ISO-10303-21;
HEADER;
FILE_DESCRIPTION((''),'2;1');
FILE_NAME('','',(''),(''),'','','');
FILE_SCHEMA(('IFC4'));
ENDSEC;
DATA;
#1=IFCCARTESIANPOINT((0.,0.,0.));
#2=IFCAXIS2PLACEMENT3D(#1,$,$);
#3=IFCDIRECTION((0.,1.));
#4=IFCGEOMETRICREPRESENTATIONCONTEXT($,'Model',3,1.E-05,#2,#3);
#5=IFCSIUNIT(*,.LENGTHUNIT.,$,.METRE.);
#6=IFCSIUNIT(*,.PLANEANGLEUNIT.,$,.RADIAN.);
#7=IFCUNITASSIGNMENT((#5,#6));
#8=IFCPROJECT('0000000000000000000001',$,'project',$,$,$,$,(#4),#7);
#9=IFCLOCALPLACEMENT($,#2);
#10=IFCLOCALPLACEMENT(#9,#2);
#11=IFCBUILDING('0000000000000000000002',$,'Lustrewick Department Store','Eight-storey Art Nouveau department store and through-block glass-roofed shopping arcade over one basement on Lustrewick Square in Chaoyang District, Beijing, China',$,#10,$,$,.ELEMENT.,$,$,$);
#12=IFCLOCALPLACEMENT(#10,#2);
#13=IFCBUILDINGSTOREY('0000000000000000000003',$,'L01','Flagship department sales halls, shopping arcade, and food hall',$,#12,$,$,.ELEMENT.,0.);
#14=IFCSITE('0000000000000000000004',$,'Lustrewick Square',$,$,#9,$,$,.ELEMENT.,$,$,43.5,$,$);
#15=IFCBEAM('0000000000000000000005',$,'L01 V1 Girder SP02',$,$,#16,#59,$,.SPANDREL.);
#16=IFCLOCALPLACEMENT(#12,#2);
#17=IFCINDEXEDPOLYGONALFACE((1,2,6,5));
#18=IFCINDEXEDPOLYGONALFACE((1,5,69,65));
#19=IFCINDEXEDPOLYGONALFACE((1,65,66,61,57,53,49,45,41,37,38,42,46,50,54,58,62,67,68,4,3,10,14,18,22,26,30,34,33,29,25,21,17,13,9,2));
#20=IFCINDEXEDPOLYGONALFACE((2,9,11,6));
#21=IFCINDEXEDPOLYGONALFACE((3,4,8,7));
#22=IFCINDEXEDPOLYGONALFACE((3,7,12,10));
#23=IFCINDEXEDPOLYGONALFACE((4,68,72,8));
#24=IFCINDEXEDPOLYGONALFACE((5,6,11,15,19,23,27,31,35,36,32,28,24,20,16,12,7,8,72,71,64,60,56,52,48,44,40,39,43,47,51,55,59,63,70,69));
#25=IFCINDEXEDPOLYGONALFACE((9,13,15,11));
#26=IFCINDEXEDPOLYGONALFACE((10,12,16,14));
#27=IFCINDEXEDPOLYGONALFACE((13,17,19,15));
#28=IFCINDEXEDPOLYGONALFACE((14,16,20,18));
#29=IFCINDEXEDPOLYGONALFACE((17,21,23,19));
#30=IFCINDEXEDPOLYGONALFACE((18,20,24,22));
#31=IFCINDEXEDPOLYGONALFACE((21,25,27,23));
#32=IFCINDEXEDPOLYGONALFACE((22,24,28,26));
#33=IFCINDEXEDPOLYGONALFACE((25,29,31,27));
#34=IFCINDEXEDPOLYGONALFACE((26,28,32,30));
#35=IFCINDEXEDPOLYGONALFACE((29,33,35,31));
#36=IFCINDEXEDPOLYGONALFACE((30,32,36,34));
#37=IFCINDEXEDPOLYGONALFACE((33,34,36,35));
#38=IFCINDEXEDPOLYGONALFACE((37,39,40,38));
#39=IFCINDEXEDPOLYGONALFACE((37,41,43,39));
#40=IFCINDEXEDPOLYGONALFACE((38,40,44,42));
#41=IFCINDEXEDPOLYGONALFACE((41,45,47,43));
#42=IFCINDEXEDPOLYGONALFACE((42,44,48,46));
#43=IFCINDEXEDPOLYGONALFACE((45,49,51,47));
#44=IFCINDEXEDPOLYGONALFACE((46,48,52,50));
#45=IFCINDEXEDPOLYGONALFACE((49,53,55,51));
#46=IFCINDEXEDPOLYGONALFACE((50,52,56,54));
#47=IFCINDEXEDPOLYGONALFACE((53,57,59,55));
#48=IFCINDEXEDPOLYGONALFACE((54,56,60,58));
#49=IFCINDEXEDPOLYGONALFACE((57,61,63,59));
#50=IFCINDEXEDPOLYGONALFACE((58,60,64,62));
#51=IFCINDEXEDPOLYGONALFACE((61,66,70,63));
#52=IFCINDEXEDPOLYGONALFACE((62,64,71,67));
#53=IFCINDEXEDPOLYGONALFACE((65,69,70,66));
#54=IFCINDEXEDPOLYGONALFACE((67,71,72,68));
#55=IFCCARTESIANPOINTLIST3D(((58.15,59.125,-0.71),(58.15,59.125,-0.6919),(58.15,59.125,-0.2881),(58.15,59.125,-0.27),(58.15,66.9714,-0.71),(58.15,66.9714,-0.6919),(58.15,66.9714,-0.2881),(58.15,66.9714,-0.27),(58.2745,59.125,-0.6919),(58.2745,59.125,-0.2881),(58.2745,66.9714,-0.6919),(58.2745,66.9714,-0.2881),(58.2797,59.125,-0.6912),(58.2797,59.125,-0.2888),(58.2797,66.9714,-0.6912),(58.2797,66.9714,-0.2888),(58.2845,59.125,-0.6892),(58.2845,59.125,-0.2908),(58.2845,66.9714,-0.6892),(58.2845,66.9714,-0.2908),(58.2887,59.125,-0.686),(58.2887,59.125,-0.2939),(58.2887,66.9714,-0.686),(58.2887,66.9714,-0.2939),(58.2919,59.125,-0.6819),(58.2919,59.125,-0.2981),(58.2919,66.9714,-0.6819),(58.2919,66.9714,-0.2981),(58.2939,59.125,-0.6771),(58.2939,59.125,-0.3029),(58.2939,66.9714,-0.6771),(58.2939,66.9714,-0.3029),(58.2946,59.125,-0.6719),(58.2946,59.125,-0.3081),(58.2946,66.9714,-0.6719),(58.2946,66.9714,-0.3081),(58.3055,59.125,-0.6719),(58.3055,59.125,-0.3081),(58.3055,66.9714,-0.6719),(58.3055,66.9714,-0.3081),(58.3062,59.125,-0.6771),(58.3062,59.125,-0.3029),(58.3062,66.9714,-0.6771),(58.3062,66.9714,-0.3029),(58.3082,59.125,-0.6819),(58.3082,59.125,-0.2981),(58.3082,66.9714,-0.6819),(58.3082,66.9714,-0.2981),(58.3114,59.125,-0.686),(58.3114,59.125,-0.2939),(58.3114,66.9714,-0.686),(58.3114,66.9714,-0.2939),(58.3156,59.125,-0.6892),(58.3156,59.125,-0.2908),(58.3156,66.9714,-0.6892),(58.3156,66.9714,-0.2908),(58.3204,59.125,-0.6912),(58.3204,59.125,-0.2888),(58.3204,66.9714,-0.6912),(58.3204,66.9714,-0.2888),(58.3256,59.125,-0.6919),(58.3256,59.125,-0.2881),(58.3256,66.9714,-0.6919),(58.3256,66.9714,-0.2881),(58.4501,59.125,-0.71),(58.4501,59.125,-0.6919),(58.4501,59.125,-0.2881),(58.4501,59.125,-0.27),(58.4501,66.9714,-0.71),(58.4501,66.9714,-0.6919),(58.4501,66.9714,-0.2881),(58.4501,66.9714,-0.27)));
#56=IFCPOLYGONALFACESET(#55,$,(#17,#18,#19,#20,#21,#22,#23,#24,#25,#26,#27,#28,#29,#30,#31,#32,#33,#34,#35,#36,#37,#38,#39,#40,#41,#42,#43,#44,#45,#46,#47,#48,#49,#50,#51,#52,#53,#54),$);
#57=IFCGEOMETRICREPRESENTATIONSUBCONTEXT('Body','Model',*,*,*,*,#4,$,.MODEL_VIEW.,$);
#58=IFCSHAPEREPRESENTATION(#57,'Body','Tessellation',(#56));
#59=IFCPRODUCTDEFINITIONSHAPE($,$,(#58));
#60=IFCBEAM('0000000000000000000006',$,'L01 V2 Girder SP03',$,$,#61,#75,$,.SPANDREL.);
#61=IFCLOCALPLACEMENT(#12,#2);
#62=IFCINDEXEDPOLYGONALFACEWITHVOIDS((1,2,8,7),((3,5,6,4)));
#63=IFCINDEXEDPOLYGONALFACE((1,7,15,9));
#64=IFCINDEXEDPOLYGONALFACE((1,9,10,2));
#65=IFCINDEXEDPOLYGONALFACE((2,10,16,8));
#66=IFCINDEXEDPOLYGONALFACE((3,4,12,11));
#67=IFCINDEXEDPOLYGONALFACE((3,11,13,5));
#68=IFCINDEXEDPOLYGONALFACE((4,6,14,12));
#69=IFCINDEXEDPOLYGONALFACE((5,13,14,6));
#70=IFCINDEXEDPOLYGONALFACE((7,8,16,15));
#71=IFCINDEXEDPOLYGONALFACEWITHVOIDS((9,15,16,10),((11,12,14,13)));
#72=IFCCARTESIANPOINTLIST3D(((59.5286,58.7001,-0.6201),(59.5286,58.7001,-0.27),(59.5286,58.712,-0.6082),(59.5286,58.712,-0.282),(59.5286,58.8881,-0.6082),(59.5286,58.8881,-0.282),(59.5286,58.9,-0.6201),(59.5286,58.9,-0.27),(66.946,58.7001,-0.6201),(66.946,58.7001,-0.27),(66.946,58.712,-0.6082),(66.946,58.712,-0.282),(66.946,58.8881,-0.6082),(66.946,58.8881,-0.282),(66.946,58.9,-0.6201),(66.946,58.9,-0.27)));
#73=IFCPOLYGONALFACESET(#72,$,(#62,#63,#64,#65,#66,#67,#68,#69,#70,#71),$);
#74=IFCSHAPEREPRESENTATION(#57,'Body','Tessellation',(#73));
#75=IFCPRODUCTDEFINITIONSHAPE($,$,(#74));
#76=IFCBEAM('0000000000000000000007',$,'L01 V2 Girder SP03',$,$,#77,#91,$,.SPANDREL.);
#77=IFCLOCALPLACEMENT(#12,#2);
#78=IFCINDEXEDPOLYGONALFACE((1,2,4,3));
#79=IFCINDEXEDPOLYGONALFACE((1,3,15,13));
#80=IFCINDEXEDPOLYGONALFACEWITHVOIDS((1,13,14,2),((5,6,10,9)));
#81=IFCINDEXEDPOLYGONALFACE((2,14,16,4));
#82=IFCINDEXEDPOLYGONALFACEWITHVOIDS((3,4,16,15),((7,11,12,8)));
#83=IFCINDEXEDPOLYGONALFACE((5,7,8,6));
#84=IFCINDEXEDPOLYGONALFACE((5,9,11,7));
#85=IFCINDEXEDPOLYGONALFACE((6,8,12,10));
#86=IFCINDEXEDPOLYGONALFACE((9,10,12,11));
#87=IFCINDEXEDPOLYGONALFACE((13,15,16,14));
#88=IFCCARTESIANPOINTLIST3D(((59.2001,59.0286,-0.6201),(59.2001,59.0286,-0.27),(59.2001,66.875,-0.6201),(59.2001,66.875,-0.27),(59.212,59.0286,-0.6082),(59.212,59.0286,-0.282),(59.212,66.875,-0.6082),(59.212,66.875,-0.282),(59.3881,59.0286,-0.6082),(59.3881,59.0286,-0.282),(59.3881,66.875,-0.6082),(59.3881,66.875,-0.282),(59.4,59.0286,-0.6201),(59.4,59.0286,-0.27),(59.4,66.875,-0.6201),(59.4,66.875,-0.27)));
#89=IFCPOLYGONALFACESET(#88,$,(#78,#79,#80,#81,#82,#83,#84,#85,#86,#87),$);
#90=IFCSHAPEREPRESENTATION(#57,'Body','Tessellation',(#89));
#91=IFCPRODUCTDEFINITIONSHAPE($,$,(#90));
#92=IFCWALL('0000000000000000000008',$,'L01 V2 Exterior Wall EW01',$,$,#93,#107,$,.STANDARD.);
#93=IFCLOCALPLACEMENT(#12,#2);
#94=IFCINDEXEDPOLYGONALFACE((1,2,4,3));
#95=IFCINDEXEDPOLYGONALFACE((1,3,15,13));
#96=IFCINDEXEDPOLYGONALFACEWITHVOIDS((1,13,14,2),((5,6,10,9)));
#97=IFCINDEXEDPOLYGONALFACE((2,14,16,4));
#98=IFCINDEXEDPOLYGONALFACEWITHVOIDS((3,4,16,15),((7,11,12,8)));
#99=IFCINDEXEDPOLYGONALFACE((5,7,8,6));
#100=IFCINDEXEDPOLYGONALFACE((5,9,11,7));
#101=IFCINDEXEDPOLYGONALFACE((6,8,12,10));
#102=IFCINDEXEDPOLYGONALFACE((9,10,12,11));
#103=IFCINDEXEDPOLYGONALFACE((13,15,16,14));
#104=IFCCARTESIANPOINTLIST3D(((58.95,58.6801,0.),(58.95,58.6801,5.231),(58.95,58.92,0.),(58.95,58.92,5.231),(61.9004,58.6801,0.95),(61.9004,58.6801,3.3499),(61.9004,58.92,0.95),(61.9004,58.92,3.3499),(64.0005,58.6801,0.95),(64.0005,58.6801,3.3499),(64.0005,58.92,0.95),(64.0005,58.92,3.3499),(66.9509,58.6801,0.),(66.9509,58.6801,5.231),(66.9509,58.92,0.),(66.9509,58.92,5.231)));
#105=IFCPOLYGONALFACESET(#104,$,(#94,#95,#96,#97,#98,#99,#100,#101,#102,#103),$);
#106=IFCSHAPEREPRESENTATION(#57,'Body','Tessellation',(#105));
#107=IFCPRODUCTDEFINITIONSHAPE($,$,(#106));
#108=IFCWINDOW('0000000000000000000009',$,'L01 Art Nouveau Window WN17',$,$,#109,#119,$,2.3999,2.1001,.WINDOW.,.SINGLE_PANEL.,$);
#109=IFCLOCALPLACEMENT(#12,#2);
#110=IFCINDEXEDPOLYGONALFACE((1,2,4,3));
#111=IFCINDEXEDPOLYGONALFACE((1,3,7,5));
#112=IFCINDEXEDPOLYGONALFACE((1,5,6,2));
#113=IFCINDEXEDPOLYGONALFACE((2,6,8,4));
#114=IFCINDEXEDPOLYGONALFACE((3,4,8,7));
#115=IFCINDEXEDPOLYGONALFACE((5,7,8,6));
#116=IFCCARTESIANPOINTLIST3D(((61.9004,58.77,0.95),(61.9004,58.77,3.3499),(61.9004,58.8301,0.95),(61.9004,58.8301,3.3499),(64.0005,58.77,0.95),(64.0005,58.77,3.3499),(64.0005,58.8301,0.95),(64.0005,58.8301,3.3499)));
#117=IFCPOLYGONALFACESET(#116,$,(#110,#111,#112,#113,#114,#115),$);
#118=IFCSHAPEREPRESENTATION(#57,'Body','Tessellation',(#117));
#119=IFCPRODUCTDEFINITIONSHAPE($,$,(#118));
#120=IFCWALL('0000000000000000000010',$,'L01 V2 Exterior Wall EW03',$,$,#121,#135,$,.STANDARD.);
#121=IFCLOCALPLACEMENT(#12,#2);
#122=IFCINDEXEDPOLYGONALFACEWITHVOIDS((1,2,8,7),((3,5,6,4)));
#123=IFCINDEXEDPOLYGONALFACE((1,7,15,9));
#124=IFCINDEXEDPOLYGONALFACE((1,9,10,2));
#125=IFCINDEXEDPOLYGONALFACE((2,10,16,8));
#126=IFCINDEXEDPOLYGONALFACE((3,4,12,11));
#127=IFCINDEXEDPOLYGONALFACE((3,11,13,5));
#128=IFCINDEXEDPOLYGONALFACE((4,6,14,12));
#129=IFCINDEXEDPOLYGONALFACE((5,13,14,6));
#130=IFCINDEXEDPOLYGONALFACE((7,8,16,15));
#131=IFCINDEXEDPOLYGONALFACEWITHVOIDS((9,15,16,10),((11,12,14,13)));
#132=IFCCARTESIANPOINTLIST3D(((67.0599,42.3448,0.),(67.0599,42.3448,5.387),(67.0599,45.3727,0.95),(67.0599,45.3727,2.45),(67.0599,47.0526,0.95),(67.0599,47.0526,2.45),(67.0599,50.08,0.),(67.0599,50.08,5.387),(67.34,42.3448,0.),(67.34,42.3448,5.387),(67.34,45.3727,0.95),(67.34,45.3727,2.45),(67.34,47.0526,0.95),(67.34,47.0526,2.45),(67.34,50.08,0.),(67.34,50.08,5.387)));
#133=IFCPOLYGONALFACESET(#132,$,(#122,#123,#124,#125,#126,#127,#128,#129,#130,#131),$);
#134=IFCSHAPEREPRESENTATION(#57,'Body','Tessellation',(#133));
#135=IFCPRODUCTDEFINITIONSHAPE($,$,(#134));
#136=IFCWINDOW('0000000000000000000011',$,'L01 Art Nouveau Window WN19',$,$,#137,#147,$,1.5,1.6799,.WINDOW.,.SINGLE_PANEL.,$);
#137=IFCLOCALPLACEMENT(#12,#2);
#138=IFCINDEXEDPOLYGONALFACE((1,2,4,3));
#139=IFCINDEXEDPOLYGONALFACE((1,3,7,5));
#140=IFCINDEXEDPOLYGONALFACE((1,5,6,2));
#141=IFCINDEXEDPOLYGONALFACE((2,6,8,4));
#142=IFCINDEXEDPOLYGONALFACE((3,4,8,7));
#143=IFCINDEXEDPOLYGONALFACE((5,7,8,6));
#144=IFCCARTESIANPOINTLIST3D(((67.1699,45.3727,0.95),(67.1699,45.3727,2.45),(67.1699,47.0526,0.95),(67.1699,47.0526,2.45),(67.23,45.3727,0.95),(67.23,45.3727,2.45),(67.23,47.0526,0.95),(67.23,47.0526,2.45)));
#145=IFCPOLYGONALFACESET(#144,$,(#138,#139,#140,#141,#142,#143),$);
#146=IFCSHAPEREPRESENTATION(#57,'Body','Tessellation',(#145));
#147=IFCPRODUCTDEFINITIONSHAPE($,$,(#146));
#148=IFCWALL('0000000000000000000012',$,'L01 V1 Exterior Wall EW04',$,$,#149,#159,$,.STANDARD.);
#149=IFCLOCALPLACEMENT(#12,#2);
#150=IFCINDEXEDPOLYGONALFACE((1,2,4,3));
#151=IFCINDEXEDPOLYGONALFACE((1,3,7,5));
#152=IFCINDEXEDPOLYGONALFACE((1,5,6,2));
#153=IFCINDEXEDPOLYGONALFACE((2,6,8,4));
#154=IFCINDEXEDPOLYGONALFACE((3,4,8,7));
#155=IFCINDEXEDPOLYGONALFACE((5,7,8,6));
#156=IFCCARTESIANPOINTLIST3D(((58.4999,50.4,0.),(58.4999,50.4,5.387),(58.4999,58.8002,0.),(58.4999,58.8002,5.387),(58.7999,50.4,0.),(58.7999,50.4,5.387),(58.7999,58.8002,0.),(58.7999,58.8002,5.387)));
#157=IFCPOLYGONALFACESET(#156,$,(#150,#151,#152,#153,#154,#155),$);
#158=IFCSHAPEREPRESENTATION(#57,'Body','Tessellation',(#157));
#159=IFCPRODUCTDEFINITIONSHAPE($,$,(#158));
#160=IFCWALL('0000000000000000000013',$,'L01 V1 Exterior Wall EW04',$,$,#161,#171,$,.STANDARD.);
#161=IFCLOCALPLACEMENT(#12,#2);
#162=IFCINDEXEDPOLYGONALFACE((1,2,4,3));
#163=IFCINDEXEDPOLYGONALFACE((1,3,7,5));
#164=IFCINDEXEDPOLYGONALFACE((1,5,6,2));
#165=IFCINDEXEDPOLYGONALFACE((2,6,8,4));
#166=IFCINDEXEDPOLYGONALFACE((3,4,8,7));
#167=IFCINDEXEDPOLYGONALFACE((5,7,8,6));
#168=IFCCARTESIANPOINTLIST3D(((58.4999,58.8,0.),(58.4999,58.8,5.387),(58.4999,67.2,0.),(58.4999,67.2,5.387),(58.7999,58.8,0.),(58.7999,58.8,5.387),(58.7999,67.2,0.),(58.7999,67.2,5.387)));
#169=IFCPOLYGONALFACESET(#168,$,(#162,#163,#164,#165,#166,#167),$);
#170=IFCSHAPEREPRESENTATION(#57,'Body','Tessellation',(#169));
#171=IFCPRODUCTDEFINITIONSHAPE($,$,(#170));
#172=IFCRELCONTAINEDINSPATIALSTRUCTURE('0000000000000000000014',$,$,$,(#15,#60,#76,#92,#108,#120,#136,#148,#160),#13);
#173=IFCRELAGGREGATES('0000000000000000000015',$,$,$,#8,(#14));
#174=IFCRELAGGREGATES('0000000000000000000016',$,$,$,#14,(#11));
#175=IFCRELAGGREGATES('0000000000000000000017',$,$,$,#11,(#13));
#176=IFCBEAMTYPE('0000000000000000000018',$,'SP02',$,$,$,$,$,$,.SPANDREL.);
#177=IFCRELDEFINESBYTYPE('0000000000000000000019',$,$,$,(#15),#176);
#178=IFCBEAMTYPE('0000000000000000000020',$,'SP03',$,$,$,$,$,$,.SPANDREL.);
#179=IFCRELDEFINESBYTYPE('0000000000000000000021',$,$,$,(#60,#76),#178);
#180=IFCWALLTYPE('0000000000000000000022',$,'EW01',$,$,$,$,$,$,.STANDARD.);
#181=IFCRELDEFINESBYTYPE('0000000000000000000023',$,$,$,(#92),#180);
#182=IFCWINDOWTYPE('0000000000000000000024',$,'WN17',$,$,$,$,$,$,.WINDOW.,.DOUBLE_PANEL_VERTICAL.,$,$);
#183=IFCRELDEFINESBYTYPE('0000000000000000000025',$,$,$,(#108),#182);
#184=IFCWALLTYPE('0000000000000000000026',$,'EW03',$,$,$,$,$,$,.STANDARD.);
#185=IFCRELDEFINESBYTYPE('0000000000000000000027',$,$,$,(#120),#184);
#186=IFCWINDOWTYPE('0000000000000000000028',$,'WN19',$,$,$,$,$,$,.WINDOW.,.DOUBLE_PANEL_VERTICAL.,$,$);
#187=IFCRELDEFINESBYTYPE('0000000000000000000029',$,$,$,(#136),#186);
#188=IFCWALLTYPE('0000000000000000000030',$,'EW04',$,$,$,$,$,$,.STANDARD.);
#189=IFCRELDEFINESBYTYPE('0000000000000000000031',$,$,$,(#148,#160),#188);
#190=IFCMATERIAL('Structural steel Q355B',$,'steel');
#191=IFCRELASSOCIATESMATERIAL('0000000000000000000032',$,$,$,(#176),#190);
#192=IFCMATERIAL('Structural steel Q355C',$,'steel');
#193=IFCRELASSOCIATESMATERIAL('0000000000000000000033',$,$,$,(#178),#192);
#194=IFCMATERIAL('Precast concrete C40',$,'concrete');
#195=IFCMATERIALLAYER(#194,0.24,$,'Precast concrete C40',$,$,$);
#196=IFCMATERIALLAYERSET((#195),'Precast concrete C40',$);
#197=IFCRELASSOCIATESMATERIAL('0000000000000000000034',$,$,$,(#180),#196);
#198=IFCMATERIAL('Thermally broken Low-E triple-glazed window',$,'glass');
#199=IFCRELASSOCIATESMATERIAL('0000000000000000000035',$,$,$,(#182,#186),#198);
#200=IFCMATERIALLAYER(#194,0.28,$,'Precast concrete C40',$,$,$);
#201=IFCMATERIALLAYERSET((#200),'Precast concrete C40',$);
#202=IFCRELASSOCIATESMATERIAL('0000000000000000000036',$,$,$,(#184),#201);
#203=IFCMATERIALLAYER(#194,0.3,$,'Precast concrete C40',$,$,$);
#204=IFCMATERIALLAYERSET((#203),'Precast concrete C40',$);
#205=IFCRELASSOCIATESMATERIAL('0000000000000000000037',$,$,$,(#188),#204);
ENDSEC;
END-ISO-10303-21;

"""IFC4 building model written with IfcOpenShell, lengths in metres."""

from ifc_helpers import new_model, si_unit, direction, frame, frame_2d, origin, origin_2d, place, context, subcontext, project, spatial, rectangle, hollow_rectangle, i_section, extrude, material, layer, layer_set, material_profile, profile_set, type_object, element, fill, save


model = new_model("IFC4")

# Units and contexts
model_context = context("Model", 3, precision=1e-05, world=origin(), true_north=direction((0.0, 1.0)))
body_context = subcontext(model_context, "Body", "Model", "MODEL_VIEW")
ifc_project = project(units=[si_unit("LENGTHUNIT", "METRE"), si_unit("PLANEANGLEUNIT", "RADIAN")], contexts=[model_context])

# Site, building, storey
site_placement = place(None, origin())
site = spatial("IfcSite", under=ifc_project, at=site_placement, Name="Lustrewick Square", CompositionType="ELEMENT", RefElevation=43.5)
building_placement = place(site_placement, origin())
building = spatial("IfcBuilding", under=site, at=building_placement, Name="Lustrewick Department Store", Description="Eight-storey Art Nouveau department store and through-block glass-roofed shopping arcade over one basement on Lustrewick Square in Chaoyang District, Beijing, China", CompositionType="ELEMENT")
storey_placement = place(building_placement, origin())
storey = spatial("IfcBuildingStorey", under=building, at=storey_placement, Name="L01", Description="Flagship department sales halls, shopping arcade, and food hall", CompositionType="ELEMENT", Elevation=0.0)

# Shared definitions
ifc_material_1 = material(Name="Structural steel Q355C", Category="steel")

# Beams
ifc_material_2 = material(Name="Structural steel Q355B", Category="steel")
ifc_material_profile_1 = material_profile(ifc_material_2, i_section(OverallWidth=0.3, OverallDepth=0.4399, WebThickness=0.011, FlangeThickness=0.0181, FilletRadius=0.02, at=origin_2d()), Name="HM 440x300x11x18")
ifc_profile_set_1 = profile_set([ifc_material_profile_1], Name="Structural steel Q355B")
beam_type_1 = type_object("IfcBeamType", Name="SP02", PredefinedType="SPANDREL", material=ifc_profile_set_1)
beam_1_placement = place(storey_placement, frame((58.3, 59.125, -0.49), z_axis=(0.0, 1.0, 0.0), x_axis=(-1.0, 0.0, 0.0)))
element("IfcBeam", 1, at=beam_1_placement, inside=storey, type_object=beam_type_1, Name="L01 V1 Girder SP02", PredefinedType="SPANDREL", context=body_context, shape_type="SweptSolid", body=[
    extrude(i_section(OverallWidth=0.3, OverallDepth=0.4399, WebThickness=0.011, FlangeThickness=0.0181, FilletRadius=0.02, at=origin_2d()), origin(), (0.0, 0.0, 1.0), 7.8464),
])
ifc_material_profile_2 = material_profile(ifc_material_1, hollow_rectangle(XDim=0.2, YDim=0.3501, WallThickness=0.012, at=origin_2d()), Name="RHS 350x200x12")
ifc_profile_set_2 = profile_set([ifc_material_profile_2], Name="Structural steel Q355C")
beam_type_2 = type_object("IfcBeamType", Name="SP03", PredefinedType="SPANDREL", material=ifc_profile_set_2)
beam_2_placement = place(storey_placement, frame((59.5286, 58.8, -0.4451), z_axis=(1.0, 0.0, 0.0), x_axis=(0.0, 1.0, 0.0)))
element("IfcBeam", 2, at=beam_2_placement, inside=storey, type_object=beam_type_2, Name="L01 V2 Girder SP03", PredefinedType="SPANDREL", context=body_context, shape_type="SweptSolid", body=[
    extrude(hollow_rectangle(XDim=0.2, YDim=0.3501, WallThickness=0.012, at=origin_2d()), origin(), (0.0, 0.0, 1.0), 7.4175),
])
beam_3_placement = place(storey_placement, frame((59.3, 59.0286, -0.4451), z_axis=(0.0, 1.0, 0.0), x_axis=(-1.0, 0.0, 0.0)))
element("IfcBeam", 3, at=beam_3_placement, inside=storey, type_object=beam_type_2, Name="L01 V2 Girder SP03", PredefinedType="SPANDREL", context=body_context, shape_type="SweptSolid", body=[
    extrude(hollow_rectangle(XDim=0.2, YDim=0.3501, WallThickness=0.012, at=origin_2d()), origin(), (0.0, 0.0, 1.0), 7.8464),
])

# Walls, openings, windows
ifc_material_3 = material(Name="Precast concrete C40", Category="concrete")
ifc_layer_1 = layer(ifc_material_3, 0.24, Name="Precast concrete C40")
ifc_layer_set_1 = layer_set([ifc_layer_1], Name="Precast concrete C40")
wall_type_1 = type_object("IfcWallType", Name="EW01", PredefinedType="STANDARD", material=ifc_layer_set_1)
wall_1_placement = place(storey_placement, frame((58.95, 58.8, 0.0), z_axis=(0.0, 0.0, 1.0), x_axis=(1.0, 0.0, 0.0)))
wall_1 = element("IfcWall", 4, at=wall_1_placement, inside=storey, type_object=wall_type_1, Name="L01 V2 Exterior Wall EW01", PredefinedType="STANDARD", context=body_context, shape_type="SweptSolid", body=[
    extrude(rectangle(XDim=8.001, YDim=0.24, at=frame_2d((4.0005, 0.0))), origin(), (0.0, 0.0, 1.0), 5.231),
])
opening_1_placement = place(wall_1_placement, frame((2.9504, 0.0, 0.95)))
opening_1 = element("IfcOpeningElement", 5, at=opening_1_placement, cuts=wall_1, PredefinedType="OPENING", context=body_context, shape_type="SweptSolid", body=[
    extrude(rectangle(XDim=2.1001, YDim=2.3999, at=frame_2d((1.05, 1.2))), frame((0.0, 0.1299, 0.0), z_axis=(0.0, -1.0, 0.0), x_axis=(1.0, 0.0, 0.0)), (0.0, 0.0, 1.0), 0.26),
])
ifc_material_4 = material(Name="Thermally broken Low-E triple-glazed window", Category="glass")
window_type_1 = type_object("IfcWindowType", Name="WN17", PartitioningType="DOUBLE_PANEL_VERTICAL", PredefinedType="WINDOW", material=ifc_material_4)
window_1_placement = place(opening_1_placement, origin())
window_1 = element("IfcWindow", 6, at=window_1_placement, inside=storey, type_object=window_type_1, Name="L01 Art Nouveau Window WN17", OverallHeight=2.3999, OverallWidth=2.1001, PartitioningType="SINGLE_PANEL", PredefinedType="WINDOW", context=body_context, shape_type="SweptSolid", body=[
    extrude(rectangle(XDim=2.1001, YDim=2.3999, at=frame_2d((1.05, 1.2))), frame((0.0, 0.03, 0.0), z_axis=(0.0, -1.0, 0.0), x_axis=(1.0, 0.0, 0.0)), (0.0, 0.0, 1.0), 0.0601),
])
fill(opening_1, window_1)
ifc_layer_2 = layer(ifc_material_3, 0.28, Name="Precast concrete C40")
ifc_layer_set_2 = layer_set([ifc_layer_2], Name="Precast concrete C40")
wall_type_2 = type_object("IfcWallType", Name="EW03", PredefinedType="STANDARD", material=ifc_layer_set_2)
wall_2_placement = place(storey_placement, frame((67.2, 50.0801, 0.0), z_axis=(0.0, 0.0, 1.0), x_axis=(0.0, -1.0, 0.0)))
wall_2 = element("IfcWall", 7, at=wall_2_placement, inside=storey, type_object=wall_type_2, Name="L01 V2 Exterior Wall EW03", PredefinedType="STANDARD", context=body_context, shape_type="SweptSolid", body=[
    extrude(rectangle(XDim=7.7351, YDim=0.28, at=frame_2d((3.8677, 0.0))), origin(), (0.0, 0.0, 1.0), 5.387),
])
opening_2_placement = place(wall_2_placement, frame((3.0276, 0.0, 0.95)))
opening_2 = element("IfcOpeningElement", 8, at=opening_2_placement, cuts=wall_2, PredefinedType="OPENING", context=body_context, shape_type="SweptSolid", body=[
    extrude(rectangle(XDim=1.6799, YDim=1.5, at=frame_2d((0.8398, 0.75))), frame((0.0, 0.1499, 0.0), z_axis=(0.0, -1.0, 0.0), x_axis=(1.0, 0.0, 0.0)), (0.0, 0.0, 1.0), 0.3),
])
window_type_2 = type_object("IfcWindowType", Name="WN19", PartitioningType="DOUBLE_PANEL_VERTICAL", PredefinedType="WINDOW", material=ifc_material_4)
window_2_placement = place(opening_2_placement, origin())
window_2 = element("IfcWindow", 9, at=window_2_placement, inside=storey, type_object=window_type_2, Name="L01 Art Nouveau Window WN19", OverallHeight=1.5, OverallWidth=1.6799, PartitioningType="SINGLE_PANEL", PredefinedType="WINDOW", context=body_context, shape_type="SweptSolid", body=[
    extrude(rectangle(XDim=1.6799, YDim=1.5, at=frame_2d((0.8398, 0.75))), frame((0.0, 0.03, 0.0), z_axis=(0.0, -1.0, 0.0), x_axis=(1.0, 0.0, 0.0)), (0.0, 0.0, 1.0), 0.0601),
])
fill(opening_2, window_2)

# Walls
ifc_layer_3 = layer(ifc_material_3, 0.3, Name="Precast concrete C40")
ifc_layer_set_3 = layer_set([ifc_layer_3], Name="Precast concrete C40")
wall_type_3 = type_object("IfcWallType", Name="EW04", PredefinedType="STANDARD", material=ifc_layer_set_3)
wall_3_placement = place(storey_placement, frame((58.6499, 50.3999, 0.0), z_axis=(0.0, 0.0, 1.0), x_axis=(0.0, 1.0, 0.0)))
element("IfcWall", 10, at=wall_3_placement, inside=storey, type_object=wall_type_3, Name="L01 V1 Exterior Wall EW04", PredefinedType="STANDARD", context=body_context, shape_type="SweptSolid", body=[
    extrude(rectangle(XDim=8.4001, YDim=0.3, at=frame_2d((4.2002, 0.0))), origin(), (0.0, 0.0, 1.0), 5.387),
])
wall_4_placement = place(storey_placement, frame((58.6499, 58.8, 0.0), z_axis=(0.0, 0.0, 1.0), x_axis=(0.0, 1.0, 0.0)))
element("IfcWall", 11, at=wall_4_placement, inside=storey, type_object=wall_type_3, Name="L01 V1 Exterior Wall EW04", PredefinedType="STANDARD", context=body_context, shape_type="SweptSolid", body=[
    extrude(rectangle(XDim=8.3999, YDim=0.3, at=frame_2d((4.2, 0.0))), origin(), (0.0, 0.0, 1.0), 5.387),
])

save(model, "model.ifc")
